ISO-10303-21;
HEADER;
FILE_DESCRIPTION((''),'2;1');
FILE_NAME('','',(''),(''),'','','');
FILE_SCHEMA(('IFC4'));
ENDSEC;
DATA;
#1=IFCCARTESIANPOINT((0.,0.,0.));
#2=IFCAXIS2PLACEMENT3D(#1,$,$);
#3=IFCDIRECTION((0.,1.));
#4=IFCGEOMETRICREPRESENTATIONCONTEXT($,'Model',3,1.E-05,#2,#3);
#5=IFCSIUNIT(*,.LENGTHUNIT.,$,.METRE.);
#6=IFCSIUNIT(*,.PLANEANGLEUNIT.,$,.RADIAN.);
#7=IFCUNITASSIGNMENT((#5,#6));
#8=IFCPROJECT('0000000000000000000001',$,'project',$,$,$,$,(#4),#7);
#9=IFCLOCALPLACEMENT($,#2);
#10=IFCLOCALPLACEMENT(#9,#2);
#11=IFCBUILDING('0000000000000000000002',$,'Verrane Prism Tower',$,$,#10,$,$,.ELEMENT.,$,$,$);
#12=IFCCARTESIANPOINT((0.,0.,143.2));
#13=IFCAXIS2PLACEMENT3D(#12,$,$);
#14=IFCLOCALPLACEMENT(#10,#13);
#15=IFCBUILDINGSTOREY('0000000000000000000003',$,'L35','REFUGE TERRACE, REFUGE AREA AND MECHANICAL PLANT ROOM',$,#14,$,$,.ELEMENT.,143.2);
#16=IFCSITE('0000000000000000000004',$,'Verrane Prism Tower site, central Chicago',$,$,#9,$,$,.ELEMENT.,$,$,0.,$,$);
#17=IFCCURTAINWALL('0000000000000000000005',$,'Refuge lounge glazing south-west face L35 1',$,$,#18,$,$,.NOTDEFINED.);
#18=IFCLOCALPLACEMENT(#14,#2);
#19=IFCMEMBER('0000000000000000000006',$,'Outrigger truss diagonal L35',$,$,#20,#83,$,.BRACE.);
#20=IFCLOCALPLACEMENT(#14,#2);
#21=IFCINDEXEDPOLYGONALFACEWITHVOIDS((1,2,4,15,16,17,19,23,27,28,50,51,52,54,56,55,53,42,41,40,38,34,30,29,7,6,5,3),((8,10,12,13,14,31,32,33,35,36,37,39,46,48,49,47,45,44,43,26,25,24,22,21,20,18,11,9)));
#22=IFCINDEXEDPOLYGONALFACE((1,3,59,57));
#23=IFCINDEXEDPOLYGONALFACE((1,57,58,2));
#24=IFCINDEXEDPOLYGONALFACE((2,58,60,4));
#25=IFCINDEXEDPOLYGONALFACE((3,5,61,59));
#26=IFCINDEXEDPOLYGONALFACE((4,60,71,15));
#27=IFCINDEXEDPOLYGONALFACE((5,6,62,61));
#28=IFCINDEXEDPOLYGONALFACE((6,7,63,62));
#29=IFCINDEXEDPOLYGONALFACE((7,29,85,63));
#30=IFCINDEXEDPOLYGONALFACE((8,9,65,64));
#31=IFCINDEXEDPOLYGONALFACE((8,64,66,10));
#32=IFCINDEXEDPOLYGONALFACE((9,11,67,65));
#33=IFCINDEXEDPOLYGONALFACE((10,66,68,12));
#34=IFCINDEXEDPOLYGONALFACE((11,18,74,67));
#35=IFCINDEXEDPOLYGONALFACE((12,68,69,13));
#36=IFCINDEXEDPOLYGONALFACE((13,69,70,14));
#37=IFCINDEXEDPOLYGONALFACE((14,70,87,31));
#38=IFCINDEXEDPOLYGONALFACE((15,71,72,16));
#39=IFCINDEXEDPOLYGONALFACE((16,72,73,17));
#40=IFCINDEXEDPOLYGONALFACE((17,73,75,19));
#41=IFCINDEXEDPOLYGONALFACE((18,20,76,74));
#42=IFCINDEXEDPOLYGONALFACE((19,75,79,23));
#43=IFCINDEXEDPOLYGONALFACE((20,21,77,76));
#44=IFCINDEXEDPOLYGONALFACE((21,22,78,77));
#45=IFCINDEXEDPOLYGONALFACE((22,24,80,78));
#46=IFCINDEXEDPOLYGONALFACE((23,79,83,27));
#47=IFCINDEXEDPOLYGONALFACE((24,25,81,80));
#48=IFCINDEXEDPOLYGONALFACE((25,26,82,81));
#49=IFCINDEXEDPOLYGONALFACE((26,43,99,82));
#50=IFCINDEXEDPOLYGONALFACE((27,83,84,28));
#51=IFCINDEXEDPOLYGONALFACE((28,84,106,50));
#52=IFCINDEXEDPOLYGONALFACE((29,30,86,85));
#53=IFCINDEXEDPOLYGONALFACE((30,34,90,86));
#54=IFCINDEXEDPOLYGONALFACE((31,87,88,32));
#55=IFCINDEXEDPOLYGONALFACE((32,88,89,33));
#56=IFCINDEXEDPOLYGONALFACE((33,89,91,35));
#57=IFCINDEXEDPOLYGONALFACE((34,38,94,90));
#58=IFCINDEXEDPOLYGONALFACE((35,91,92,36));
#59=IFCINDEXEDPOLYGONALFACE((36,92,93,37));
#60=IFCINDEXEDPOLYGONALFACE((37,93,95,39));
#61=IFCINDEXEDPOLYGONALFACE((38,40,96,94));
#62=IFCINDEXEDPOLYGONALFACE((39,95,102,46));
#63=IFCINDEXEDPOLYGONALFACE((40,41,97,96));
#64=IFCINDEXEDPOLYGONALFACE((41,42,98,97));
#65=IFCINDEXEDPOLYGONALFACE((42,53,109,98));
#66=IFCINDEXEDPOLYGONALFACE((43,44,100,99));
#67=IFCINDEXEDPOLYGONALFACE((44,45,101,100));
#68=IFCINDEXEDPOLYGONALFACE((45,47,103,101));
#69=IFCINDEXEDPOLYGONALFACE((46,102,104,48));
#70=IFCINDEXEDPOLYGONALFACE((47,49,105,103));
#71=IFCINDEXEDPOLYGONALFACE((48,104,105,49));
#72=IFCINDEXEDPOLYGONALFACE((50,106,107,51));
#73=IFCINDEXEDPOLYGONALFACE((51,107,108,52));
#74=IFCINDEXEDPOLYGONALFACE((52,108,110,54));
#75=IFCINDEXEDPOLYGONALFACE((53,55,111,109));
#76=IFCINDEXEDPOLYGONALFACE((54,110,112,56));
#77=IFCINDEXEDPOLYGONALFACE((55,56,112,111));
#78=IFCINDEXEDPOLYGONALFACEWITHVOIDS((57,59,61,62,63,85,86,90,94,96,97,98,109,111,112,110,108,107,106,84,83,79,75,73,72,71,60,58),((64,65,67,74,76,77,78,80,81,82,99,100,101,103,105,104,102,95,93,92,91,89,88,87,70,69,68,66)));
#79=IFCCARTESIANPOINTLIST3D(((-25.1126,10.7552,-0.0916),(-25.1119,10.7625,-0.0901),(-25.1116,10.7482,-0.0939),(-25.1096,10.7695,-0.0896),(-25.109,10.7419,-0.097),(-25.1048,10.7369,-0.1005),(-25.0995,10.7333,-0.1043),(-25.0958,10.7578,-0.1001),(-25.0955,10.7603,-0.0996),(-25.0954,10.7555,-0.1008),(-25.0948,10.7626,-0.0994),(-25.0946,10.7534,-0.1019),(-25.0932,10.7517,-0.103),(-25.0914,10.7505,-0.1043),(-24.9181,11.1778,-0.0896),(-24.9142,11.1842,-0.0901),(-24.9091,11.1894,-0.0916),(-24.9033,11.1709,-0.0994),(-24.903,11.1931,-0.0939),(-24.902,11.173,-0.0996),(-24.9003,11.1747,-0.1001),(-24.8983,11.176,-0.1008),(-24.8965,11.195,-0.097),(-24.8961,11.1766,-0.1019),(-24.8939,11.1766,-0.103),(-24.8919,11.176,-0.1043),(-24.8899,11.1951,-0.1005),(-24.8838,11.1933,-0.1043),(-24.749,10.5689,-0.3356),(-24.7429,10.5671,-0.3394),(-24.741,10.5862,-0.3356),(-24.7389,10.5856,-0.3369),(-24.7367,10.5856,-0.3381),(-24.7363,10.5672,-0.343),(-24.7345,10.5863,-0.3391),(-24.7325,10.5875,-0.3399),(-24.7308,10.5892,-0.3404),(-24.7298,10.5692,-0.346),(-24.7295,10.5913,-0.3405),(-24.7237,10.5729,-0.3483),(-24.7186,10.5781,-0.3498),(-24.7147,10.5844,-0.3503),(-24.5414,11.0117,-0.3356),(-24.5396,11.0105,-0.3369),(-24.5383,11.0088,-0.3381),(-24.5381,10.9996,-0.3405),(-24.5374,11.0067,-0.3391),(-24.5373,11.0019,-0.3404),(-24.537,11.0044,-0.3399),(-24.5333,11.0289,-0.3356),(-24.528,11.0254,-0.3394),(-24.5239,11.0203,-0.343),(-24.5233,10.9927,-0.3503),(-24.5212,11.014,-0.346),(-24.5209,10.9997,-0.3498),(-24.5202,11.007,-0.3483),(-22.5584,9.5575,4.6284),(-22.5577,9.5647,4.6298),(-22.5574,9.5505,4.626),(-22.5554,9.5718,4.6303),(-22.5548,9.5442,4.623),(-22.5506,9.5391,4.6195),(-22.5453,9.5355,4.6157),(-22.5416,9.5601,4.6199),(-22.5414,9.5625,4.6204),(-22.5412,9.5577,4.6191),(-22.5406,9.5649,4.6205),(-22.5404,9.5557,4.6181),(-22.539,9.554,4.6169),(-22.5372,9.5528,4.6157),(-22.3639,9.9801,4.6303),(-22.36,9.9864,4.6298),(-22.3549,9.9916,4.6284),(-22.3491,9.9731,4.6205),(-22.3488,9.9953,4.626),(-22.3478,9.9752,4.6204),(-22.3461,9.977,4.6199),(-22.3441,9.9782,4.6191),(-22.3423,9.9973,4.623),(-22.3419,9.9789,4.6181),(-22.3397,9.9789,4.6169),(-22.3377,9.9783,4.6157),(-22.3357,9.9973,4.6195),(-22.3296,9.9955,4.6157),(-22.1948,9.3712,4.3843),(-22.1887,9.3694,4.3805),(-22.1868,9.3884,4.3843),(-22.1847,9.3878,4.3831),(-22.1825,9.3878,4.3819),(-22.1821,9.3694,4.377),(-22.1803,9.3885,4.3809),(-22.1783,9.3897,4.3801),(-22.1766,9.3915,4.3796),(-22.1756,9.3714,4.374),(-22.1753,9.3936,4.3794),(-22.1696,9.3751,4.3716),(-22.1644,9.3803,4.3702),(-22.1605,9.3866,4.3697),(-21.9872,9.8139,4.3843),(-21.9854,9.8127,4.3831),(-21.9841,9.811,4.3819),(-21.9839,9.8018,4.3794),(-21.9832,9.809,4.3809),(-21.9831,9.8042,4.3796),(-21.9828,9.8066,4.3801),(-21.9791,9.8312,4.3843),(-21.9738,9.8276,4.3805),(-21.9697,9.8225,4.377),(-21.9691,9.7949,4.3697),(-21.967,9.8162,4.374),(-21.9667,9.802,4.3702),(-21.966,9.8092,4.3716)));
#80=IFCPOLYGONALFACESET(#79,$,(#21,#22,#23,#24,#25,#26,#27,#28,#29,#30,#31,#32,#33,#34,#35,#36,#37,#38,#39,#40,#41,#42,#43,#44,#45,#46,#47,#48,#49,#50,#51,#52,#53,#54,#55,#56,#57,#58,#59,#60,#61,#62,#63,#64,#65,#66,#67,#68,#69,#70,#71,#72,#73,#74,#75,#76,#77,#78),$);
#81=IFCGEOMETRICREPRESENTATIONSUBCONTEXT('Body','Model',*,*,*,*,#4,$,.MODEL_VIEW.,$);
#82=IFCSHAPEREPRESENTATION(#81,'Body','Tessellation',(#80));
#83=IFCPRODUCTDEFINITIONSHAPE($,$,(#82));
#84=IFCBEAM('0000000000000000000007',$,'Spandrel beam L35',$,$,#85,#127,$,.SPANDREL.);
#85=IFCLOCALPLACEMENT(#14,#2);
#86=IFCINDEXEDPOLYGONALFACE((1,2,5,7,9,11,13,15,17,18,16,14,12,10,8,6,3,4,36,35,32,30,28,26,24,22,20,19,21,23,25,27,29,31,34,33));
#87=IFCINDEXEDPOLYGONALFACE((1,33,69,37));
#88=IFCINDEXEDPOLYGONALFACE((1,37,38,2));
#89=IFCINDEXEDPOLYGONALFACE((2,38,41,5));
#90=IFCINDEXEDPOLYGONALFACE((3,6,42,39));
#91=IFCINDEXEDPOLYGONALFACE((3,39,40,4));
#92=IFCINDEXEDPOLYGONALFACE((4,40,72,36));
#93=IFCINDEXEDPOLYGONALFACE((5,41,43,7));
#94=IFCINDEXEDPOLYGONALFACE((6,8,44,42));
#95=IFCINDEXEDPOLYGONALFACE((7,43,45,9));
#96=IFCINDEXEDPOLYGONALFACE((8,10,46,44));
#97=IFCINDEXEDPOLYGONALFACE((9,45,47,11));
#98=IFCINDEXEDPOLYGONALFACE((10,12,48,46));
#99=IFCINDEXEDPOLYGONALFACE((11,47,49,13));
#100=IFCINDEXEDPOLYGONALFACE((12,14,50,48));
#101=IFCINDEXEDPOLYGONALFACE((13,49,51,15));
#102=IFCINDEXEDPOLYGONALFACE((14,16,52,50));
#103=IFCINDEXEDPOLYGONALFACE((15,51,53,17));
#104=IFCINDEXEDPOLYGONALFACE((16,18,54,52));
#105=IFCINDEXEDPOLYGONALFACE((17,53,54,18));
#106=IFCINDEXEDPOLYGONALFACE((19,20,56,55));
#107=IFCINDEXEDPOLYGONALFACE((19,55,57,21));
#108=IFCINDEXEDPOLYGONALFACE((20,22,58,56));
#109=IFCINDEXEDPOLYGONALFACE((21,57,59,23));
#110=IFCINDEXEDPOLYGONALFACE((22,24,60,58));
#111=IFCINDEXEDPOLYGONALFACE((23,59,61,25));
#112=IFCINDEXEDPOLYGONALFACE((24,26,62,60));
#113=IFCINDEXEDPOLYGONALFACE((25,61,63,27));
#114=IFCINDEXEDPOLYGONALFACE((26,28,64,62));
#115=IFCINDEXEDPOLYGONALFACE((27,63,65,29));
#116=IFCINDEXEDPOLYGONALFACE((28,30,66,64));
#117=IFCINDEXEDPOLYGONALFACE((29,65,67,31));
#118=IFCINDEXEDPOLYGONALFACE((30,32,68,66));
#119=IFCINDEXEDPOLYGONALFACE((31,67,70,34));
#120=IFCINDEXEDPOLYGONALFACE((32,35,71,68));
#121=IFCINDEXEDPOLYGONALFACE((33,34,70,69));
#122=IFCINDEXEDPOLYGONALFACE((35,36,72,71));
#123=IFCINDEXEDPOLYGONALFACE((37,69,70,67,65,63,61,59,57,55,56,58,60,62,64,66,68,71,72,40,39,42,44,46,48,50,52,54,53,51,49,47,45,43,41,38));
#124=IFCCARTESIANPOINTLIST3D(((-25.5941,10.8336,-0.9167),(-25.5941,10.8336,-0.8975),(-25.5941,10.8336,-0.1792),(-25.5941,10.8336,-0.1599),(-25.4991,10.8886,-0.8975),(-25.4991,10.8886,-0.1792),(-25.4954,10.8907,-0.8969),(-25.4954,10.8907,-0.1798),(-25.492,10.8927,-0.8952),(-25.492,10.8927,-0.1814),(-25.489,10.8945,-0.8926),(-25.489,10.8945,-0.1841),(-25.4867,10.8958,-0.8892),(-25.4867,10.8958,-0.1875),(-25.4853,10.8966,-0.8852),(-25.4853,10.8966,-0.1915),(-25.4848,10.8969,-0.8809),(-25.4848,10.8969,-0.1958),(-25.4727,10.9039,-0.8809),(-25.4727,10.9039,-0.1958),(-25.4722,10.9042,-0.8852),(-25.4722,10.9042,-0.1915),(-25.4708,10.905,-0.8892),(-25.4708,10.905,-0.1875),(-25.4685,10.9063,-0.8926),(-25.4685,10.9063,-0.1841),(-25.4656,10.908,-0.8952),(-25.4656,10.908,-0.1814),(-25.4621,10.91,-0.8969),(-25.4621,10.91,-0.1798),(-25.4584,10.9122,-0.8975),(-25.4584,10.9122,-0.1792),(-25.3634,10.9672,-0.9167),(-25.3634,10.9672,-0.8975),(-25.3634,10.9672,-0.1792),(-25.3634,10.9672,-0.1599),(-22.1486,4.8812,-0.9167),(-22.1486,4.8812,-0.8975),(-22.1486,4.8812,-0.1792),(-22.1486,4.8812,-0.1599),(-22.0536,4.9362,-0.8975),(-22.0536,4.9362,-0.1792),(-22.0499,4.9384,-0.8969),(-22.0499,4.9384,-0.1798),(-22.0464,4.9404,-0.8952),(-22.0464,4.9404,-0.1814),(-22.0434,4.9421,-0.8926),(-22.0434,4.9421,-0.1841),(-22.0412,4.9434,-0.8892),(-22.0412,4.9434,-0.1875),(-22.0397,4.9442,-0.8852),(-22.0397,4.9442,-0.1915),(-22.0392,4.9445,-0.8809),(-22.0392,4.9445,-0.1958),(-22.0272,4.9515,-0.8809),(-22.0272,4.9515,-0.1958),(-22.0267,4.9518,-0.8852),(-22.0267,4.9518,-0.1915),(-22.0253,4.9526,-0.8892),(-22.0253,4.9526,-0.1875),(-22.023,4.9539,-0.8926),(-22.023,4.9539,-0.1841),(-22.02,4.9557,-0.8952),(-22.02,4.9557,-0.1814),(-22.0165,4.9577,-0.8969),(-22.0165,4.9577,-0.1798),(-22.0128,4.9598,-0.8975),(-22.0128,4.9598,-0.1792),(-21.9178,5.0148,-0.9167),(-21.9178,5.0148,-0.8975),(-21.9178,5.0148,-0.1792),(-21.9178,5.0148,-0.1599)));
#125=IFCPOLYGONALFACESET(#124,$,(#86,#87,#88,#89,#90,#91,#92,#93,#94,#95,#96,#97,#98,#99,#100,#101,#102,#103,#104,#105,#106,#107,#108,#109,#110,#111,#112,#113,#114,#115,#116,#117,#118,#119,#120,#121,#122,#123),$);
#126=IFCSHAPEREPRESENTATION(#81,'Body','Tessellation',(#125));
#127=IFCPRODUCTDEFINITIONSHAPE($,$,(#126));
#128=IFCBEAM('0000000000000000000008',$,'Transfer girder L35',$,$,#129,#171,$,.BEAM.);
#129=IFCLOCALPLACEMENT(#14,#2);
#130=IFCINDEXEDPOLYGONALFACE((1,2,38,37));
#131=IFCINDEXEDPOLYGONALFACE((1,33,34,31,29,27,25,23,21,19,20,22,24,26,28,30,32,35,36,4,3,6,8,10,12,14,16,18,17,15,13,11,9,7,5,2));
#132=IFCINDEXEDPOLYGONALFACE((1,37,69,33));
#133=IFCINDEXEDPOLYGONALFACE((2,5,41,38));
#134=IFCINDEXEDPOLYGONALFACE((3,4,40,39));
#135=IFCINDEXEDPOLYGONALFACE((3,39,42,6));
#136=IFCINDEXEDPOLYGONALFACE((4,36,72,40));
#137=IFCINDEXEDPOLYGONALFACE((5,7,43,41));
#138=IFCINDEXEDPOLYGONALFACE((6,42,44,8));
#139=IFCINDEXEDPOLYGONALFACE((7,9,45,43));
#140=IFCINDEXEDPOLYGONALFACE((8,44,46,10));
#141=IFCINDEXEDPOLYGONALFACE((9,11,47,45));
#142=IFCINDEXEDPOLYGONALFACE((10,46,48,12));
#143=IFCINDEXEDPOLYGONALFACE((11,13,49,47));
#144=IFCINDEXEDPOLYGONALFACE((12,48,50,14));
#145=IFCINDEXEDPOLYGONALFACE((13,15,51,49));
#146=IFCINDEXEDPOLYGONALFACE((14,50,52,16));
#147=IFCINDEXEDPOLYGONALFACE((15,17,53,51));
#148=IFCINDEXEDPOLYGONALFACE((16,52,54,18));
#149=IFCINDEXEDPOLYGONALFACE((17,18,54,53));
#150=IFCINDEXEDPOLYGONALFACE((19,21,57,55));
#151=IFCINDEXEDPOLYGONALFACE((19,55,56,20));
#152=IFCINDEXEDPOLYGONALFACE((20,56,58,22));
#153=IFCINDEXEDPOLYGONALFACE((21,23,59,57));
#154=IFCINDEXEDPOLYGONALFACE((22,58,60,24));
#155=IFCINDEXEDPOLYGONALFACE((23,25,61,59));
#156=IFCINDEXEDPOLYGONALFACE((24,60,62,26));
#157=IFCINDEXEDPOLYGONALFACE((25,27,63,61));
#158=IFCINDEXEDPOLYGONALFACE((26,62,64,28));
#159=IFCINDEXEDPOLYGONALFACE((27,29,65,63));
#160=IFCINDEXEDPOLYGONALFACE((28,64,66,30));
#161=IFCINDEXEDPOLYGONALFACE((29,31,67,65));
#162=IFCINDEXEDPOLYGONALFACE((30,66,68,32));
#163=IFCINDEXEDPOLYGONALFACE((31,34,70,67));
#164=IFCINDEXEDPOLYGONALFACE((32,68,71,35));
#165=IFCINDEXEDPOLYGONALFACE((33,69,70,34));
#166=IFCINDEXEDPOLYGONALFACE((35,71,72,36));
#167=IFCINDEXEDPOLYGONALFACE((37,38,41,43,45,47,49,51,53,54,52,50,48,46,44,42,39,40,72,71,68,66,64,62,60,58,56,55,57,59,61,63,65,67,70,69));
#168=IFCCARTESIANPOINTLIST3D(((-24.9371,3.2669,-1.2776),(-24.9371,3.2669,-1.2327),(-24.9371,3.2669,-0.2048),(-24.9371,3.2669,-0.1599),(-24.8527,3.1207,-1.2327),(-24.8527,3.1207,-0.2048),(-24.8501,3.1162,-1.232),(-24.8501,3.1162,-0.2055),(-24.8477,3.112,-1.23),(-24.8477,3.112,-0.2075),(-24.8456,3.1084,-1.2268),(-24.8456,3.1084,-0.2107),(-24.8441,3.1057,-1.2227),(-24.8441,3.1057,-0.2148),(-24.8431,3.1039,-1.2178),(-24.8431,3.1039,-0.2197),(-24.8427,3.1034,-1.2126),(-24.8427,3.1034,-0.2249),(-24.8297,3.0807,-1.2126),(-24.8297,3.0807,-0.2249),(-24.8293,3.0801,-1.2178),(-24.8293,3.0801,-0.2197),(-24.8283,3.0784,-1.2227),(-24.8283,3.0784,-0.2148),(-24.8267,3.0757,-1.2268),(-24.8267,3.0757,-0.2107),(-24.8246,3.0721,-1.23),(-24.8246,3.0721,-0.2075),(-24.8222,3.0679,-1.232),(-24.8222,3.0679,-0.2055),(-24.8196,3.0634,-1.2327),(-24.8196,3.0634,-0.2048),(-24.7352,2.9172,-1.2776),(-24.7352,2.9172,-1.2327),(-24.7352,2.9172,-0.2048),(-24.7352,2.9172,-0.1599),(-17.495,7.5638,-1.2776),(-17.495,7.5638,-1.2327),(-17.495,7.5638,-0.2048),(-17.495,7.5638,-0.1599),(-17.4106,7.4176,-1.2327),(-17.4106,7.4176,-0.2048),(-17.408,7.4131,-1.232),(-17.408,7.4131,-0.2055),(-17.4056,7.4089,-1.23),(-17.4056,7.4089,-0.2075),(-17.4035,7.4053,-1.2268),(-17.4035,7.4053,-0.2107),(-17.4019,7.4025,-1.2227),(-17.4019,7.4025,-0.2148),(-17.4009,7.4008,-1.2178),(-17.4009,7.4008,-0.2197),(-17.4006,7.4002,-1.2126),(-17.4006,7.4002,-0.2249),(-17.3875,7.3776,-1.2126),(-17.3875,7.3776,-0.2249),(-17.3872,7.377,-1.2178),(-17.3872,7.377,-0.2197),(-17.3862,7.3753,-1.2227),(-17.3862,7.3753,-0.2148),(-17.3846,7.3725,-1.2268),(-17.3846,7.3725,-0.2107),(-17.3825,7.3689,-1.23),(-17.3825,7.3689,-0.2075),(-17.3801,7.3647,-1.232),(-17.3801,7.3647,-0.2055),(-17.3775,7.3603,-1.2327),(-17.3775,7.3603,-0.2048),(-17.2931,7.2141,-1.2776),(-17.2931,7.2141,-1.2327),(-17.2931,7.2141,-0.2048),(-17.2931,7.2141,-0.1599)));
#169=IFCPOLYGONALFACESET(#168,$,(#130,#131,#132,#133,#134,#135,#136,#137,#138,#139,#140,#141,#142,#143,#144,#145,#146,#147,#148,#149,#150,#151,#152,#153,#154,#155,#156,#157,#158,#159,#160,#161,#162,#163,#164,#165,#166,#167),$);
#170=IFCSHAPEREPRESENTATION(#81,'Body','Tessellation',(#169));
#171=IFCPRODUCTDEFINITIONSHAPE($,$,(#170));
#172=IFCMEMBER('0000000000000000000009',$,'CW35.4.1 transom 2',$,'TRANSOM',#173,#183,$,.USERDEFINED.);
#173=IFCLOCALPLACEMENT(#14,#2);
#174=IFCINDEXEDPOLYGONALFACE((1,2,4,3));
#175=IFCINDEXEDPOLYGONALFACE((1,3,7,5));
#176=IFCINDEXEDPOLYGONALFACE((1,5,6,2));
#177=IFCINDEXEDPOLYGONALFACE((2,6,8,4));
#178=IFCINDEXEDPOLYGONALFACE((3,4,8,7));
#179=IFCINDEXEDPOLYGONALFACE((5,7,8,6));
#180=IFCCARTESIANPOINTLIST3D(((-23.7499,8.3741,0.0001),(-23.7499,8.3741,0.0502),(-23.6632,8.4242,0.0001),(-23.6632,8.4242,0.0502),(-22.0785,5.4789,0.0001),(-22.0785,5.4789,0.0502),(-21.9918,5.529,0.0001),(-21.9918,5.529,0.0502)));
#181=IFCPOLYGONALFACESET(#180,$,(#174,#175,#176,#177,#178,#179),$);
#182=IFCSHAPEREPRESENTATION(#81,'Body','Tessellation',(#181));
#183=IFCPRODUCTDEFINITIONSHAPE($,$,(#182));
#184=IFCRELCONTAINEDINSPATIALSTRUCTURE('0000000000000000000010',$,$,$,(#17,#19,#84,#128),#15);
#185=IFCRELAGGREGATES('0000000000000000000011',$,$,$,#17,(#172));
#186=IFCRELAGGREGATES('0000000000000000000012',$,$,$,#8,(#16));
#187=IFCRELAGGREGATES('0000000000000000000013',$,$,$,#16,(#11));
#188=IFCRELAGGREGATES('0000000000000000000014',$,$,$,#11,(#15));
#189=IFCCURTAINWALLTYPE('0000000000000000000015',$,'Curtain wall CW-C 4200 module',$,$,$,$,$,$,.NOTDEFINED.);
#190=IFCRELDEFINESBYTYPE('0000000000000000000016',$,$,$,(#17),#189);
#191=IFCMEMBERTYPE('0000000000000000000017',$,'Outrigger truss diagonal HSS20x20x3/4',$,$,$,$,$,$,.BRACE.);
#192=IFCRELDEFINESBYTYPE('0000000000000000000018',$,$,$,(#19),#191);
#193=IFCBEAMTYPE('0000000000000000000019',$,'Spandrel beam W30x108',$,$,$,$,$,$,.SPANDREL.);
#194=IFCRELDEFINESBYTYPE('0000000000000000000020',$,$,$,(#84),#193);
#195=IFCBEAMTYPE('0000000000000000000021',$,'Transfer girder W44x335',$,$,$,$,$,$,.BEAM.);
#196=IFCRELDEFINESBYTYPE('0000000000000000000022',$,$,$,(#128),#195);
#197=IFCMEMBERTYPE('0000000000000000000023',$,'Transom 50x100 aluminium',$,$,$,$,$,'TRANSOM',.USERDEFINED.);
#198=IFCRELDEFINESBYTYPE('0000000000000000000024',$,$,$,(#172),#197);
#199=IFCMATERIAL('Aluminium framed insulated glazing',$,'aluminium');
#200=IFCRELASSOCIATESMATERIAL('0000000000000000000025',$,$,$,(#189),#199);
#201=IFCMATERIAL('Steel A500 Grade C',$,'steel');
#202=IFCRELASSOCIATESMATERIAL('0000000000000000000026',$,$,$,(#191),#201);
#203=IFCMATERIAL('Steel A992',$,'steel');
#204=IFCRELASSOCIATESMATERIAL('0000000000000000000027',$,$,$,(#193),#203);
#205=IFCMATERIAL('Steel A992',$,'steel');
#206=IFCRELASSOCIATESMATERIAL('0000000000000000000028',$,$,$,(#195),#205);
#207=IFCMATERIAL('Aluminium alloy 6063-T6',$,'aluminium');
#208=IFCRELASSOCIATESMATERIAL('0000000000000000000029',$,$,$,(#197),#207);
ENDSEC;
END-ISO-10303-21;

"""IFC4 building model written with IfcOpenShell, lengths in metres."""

from ifc_helpers import new_model, si_unit, direction, frame, origin, origin_2d, place, context, subcontext, project, spatial, rectangle, hollow_rectangle, i_section, extrude, material, material_profile, profile_set, type_object, element, aggregate, save


model = new_model("IFC4")

# Units and contexts
model_context = context("Model", 3, precision=1e-05, world=origin(), true_north=direction((0.0, 1.0)))
body_context = subcontext(model_context, "Body", "Model", "MODEL_VIEW")
ifc_project = project(units=[si_unit("LENGTHUNIT", "METRE"), si_unit("PLANEANGLEUNIT", "RADIAN")], contexts=[model_context])

# Site, building, storey
site_placement = place(None, origin())
site = spatial("IfcSite", under=ifc_project, at=site_placement, Name="Verrane Prism Tower site, central Chicago", CompositionType="ELEMENT", RefElevation=0.0)
building_placement = place(site_placement, origin())
building = spatial("IfcBuilding", under=site, at=building_placement, Name="Verrane Prism Tower", CompositionType="ELEMENT")
storey_placement = place(building_placement, frame((0.0, 0.0, 143.2)))
storey = spatial("IfcBuildingStorey", under=building, at=storey_placement, Name="L35", Description="REFUGE TERRACE, REFUGE AREA AND MECHANICAL PLANT ROOM", CompositionType="ELEMENT", Elevation=143.2)

# Curtain wall
ifc_material_1 = material(Name="Aluminium framed insulated glazing", Category="aluminium")
curtain_wall_type = type_object("IfcCurtainWallType", Name="Curtain wall CW-C 4200 module", PredefinedType="NOTDEFINED", material=ifc_material_1)
curtain_wall_placement = place(storey_placement, origin())
curtain_wall = element("IfcCurtainWall", 1, at=curtain_wall_placement, inside=storey, type_object=curtain_wall_type, Name="Refuge lounge glazing south-west face L35 1", PredefinedType="NOTDEFINED")

# Member
ifc_material_2 = material(Name="Steel A500 Grade C", Category="steel")
ifc_material_profile_1 = material_profile(ifc_material_2, hollow_rectangle(XDim=0.5081, YDim=0.5081, WallThickness=0.019, InnerFilletRadius=0.0095, OuterFilletRadius=0.0286, at=origin_2d()), Name="HSS20x20x3/4")
ifc_profile_set_1 = profile_set([ifc_material_profile_1], Name="Steel A500 Grade C")
member_type_1 = type_object("IfcMemberType", Name="Outrigger truss diagonal HSS20x20x3/4", PredefinedType="BRACE", material=ifc_profile_set_1)
member_1_placement = place(storey_placement, frame((-24.8164, 10.8811, -0.22), z_axis=(0.464502, -0.217821, 0.858366), x_axis=(0.424571, 0.905394, 0.0)))
element("IfcMember", 2, at=member_1_placement, inside=storey, type_object=member_type_1, Name="Outrigger truss diagonal L35", PredefinedType="BRACE", context=body_context, shape_type="SweptSolid", body=[
    extrude(hollow_rectangle(XDim=0.5081, YDim=0.5081, WallThickness=0.019, InnerFilletRadius=0.0095, OuterFilletRadius=0.0286, at=origin_2d()), origin(), (0.0, 0.0, 1.0), 5.4988),
])

# Beams
ifc_material_3 = material(Name="Steel A992", Category="steel")
ifc_material_profile_2 = material_profile(ifc_material_3, i_section(OverallWidth=0.2666, OverallDepth=0.7568, WebThickness=0.0139, FlangeThickness=0.0193, FilletRadius=0.0166, at=origin_2d()), Name="W30x108")
ifc_profile_set_2 = profile_set([ifc_material_profile_2], Name="Steel A992")
beam_type_1 = type_object("IfcBeamType", Name="Spandrel beam W30x108", PredefinedType="SPANDREL", material=ifc_profile_set_2)
beam_1_placement = place(storey_placement, frame((-25.4788, 10.9004, -0.5383), z_axis=(0.500975, -0.865462, 0.0), x_axis=(0.865462, 0.500975, 0.0)))
element("IfcBeam", 3, at=beam_1_placement, inside=storey, type_object=beam_type_1, Name="Spandrel beam L35", PredefinedType="SPANDREL", context=body_context, shape_type="SweptSolid", body=[
    extrude(i_section(OverallWidth=0.2666, OverallDepth=0.7568, WebThickness=0.0139, FlangeThickness=0.0193, FilletRadius=0.0166, at=origin_2d()), origin(), (0.0, 0.0, 1.0), 6.8777),
])
ifc_material_4 = material(Name="Steel A992", Category="steel")
ifc_material_profile_3 = material_profile(ifc_material_4, i_section(OverallWidth=0.4038, OverallDepth=1.1177, WebThickness=0.0261, FlangeThickness=0.0449, FilletRadius=0.02, at=origin_2d()), Name="W44x335")
ifc_profile_set_3 = profile_set([ifc_material_profile_3], Name="Steel A992")
beam_type_2 = type_object("IfcBeamType", Name="Transfer girder W44x335", PredefinedType="BEAM", material=ifc_profile_set_3)
beam_2_placement = place(storey_placement, frame((-24.8362, 3.092, -0.7188), z_axis=(0.866018, 0.500013, 0.0), x_axis=(-0.500013, 0.866018, 0.0)))
element("IfcBeam", 4, at=beam_2_placement, inside=storey, type_object=beam_type_2, Name="Transfer girder L35", PredefinedType="BEAM", context=body_context, shape_type="SweptSolid", body=[
    extrude(i_section(OverallWidth=0.4038, OverallDepth=1.1177, WebThickness=0.0261, FlangeThickness=0.0449, FilletRadius=0.02, at=origin_2d()), origin(), (0.0, 0.0, 1.0), 8.5935),
])

# Member
ifc_material_5 = material(Name="Aluminium alloy 6063-T6", Category="aluminium")
ifc_material_profile_4 = material_profile(ifc_material_5, rectangle(XDim=0.1001, YDim=0.05, at=origin_2d()), Name="Transom 50x100 aluminium")
ifc_profile_set_4 = profile_set([ifc_material_profile_4], Name="Aluminium alloy 6063-T6")
member_type_2 = type_object("IfcMemberType", Name="Transom 50x100 aluminium", ElementType="TRANSOM", PredefinedType="USERDEFINED", material=ifc_profile_set_4)
member_2_placement = place(storey_placement, frame((-23.7065, 8.3992, 0.0251), z_axis=(0.499956, -0.866051, 0.0), x_axis=(0.866051, 0.499956, 0.0)))
member_2 = element("IfcMember", 5, at=member_2_placement, type_object=member_type_2, Name="CW35.4.1 transom 2", ObjectType="TRANSOM", PredefinedType="USERDEFINED", context=body_context, shape_type="SweptSolid", body=[
    extrude(rectangle(XDim=0.1001, YDim=0.05, at=origin_2d()), origin(), (0.0, 0.0, 1.0), 3.343),
])

aggregate(curtain_wall, [member_2])

save(model, "model.ifc")
